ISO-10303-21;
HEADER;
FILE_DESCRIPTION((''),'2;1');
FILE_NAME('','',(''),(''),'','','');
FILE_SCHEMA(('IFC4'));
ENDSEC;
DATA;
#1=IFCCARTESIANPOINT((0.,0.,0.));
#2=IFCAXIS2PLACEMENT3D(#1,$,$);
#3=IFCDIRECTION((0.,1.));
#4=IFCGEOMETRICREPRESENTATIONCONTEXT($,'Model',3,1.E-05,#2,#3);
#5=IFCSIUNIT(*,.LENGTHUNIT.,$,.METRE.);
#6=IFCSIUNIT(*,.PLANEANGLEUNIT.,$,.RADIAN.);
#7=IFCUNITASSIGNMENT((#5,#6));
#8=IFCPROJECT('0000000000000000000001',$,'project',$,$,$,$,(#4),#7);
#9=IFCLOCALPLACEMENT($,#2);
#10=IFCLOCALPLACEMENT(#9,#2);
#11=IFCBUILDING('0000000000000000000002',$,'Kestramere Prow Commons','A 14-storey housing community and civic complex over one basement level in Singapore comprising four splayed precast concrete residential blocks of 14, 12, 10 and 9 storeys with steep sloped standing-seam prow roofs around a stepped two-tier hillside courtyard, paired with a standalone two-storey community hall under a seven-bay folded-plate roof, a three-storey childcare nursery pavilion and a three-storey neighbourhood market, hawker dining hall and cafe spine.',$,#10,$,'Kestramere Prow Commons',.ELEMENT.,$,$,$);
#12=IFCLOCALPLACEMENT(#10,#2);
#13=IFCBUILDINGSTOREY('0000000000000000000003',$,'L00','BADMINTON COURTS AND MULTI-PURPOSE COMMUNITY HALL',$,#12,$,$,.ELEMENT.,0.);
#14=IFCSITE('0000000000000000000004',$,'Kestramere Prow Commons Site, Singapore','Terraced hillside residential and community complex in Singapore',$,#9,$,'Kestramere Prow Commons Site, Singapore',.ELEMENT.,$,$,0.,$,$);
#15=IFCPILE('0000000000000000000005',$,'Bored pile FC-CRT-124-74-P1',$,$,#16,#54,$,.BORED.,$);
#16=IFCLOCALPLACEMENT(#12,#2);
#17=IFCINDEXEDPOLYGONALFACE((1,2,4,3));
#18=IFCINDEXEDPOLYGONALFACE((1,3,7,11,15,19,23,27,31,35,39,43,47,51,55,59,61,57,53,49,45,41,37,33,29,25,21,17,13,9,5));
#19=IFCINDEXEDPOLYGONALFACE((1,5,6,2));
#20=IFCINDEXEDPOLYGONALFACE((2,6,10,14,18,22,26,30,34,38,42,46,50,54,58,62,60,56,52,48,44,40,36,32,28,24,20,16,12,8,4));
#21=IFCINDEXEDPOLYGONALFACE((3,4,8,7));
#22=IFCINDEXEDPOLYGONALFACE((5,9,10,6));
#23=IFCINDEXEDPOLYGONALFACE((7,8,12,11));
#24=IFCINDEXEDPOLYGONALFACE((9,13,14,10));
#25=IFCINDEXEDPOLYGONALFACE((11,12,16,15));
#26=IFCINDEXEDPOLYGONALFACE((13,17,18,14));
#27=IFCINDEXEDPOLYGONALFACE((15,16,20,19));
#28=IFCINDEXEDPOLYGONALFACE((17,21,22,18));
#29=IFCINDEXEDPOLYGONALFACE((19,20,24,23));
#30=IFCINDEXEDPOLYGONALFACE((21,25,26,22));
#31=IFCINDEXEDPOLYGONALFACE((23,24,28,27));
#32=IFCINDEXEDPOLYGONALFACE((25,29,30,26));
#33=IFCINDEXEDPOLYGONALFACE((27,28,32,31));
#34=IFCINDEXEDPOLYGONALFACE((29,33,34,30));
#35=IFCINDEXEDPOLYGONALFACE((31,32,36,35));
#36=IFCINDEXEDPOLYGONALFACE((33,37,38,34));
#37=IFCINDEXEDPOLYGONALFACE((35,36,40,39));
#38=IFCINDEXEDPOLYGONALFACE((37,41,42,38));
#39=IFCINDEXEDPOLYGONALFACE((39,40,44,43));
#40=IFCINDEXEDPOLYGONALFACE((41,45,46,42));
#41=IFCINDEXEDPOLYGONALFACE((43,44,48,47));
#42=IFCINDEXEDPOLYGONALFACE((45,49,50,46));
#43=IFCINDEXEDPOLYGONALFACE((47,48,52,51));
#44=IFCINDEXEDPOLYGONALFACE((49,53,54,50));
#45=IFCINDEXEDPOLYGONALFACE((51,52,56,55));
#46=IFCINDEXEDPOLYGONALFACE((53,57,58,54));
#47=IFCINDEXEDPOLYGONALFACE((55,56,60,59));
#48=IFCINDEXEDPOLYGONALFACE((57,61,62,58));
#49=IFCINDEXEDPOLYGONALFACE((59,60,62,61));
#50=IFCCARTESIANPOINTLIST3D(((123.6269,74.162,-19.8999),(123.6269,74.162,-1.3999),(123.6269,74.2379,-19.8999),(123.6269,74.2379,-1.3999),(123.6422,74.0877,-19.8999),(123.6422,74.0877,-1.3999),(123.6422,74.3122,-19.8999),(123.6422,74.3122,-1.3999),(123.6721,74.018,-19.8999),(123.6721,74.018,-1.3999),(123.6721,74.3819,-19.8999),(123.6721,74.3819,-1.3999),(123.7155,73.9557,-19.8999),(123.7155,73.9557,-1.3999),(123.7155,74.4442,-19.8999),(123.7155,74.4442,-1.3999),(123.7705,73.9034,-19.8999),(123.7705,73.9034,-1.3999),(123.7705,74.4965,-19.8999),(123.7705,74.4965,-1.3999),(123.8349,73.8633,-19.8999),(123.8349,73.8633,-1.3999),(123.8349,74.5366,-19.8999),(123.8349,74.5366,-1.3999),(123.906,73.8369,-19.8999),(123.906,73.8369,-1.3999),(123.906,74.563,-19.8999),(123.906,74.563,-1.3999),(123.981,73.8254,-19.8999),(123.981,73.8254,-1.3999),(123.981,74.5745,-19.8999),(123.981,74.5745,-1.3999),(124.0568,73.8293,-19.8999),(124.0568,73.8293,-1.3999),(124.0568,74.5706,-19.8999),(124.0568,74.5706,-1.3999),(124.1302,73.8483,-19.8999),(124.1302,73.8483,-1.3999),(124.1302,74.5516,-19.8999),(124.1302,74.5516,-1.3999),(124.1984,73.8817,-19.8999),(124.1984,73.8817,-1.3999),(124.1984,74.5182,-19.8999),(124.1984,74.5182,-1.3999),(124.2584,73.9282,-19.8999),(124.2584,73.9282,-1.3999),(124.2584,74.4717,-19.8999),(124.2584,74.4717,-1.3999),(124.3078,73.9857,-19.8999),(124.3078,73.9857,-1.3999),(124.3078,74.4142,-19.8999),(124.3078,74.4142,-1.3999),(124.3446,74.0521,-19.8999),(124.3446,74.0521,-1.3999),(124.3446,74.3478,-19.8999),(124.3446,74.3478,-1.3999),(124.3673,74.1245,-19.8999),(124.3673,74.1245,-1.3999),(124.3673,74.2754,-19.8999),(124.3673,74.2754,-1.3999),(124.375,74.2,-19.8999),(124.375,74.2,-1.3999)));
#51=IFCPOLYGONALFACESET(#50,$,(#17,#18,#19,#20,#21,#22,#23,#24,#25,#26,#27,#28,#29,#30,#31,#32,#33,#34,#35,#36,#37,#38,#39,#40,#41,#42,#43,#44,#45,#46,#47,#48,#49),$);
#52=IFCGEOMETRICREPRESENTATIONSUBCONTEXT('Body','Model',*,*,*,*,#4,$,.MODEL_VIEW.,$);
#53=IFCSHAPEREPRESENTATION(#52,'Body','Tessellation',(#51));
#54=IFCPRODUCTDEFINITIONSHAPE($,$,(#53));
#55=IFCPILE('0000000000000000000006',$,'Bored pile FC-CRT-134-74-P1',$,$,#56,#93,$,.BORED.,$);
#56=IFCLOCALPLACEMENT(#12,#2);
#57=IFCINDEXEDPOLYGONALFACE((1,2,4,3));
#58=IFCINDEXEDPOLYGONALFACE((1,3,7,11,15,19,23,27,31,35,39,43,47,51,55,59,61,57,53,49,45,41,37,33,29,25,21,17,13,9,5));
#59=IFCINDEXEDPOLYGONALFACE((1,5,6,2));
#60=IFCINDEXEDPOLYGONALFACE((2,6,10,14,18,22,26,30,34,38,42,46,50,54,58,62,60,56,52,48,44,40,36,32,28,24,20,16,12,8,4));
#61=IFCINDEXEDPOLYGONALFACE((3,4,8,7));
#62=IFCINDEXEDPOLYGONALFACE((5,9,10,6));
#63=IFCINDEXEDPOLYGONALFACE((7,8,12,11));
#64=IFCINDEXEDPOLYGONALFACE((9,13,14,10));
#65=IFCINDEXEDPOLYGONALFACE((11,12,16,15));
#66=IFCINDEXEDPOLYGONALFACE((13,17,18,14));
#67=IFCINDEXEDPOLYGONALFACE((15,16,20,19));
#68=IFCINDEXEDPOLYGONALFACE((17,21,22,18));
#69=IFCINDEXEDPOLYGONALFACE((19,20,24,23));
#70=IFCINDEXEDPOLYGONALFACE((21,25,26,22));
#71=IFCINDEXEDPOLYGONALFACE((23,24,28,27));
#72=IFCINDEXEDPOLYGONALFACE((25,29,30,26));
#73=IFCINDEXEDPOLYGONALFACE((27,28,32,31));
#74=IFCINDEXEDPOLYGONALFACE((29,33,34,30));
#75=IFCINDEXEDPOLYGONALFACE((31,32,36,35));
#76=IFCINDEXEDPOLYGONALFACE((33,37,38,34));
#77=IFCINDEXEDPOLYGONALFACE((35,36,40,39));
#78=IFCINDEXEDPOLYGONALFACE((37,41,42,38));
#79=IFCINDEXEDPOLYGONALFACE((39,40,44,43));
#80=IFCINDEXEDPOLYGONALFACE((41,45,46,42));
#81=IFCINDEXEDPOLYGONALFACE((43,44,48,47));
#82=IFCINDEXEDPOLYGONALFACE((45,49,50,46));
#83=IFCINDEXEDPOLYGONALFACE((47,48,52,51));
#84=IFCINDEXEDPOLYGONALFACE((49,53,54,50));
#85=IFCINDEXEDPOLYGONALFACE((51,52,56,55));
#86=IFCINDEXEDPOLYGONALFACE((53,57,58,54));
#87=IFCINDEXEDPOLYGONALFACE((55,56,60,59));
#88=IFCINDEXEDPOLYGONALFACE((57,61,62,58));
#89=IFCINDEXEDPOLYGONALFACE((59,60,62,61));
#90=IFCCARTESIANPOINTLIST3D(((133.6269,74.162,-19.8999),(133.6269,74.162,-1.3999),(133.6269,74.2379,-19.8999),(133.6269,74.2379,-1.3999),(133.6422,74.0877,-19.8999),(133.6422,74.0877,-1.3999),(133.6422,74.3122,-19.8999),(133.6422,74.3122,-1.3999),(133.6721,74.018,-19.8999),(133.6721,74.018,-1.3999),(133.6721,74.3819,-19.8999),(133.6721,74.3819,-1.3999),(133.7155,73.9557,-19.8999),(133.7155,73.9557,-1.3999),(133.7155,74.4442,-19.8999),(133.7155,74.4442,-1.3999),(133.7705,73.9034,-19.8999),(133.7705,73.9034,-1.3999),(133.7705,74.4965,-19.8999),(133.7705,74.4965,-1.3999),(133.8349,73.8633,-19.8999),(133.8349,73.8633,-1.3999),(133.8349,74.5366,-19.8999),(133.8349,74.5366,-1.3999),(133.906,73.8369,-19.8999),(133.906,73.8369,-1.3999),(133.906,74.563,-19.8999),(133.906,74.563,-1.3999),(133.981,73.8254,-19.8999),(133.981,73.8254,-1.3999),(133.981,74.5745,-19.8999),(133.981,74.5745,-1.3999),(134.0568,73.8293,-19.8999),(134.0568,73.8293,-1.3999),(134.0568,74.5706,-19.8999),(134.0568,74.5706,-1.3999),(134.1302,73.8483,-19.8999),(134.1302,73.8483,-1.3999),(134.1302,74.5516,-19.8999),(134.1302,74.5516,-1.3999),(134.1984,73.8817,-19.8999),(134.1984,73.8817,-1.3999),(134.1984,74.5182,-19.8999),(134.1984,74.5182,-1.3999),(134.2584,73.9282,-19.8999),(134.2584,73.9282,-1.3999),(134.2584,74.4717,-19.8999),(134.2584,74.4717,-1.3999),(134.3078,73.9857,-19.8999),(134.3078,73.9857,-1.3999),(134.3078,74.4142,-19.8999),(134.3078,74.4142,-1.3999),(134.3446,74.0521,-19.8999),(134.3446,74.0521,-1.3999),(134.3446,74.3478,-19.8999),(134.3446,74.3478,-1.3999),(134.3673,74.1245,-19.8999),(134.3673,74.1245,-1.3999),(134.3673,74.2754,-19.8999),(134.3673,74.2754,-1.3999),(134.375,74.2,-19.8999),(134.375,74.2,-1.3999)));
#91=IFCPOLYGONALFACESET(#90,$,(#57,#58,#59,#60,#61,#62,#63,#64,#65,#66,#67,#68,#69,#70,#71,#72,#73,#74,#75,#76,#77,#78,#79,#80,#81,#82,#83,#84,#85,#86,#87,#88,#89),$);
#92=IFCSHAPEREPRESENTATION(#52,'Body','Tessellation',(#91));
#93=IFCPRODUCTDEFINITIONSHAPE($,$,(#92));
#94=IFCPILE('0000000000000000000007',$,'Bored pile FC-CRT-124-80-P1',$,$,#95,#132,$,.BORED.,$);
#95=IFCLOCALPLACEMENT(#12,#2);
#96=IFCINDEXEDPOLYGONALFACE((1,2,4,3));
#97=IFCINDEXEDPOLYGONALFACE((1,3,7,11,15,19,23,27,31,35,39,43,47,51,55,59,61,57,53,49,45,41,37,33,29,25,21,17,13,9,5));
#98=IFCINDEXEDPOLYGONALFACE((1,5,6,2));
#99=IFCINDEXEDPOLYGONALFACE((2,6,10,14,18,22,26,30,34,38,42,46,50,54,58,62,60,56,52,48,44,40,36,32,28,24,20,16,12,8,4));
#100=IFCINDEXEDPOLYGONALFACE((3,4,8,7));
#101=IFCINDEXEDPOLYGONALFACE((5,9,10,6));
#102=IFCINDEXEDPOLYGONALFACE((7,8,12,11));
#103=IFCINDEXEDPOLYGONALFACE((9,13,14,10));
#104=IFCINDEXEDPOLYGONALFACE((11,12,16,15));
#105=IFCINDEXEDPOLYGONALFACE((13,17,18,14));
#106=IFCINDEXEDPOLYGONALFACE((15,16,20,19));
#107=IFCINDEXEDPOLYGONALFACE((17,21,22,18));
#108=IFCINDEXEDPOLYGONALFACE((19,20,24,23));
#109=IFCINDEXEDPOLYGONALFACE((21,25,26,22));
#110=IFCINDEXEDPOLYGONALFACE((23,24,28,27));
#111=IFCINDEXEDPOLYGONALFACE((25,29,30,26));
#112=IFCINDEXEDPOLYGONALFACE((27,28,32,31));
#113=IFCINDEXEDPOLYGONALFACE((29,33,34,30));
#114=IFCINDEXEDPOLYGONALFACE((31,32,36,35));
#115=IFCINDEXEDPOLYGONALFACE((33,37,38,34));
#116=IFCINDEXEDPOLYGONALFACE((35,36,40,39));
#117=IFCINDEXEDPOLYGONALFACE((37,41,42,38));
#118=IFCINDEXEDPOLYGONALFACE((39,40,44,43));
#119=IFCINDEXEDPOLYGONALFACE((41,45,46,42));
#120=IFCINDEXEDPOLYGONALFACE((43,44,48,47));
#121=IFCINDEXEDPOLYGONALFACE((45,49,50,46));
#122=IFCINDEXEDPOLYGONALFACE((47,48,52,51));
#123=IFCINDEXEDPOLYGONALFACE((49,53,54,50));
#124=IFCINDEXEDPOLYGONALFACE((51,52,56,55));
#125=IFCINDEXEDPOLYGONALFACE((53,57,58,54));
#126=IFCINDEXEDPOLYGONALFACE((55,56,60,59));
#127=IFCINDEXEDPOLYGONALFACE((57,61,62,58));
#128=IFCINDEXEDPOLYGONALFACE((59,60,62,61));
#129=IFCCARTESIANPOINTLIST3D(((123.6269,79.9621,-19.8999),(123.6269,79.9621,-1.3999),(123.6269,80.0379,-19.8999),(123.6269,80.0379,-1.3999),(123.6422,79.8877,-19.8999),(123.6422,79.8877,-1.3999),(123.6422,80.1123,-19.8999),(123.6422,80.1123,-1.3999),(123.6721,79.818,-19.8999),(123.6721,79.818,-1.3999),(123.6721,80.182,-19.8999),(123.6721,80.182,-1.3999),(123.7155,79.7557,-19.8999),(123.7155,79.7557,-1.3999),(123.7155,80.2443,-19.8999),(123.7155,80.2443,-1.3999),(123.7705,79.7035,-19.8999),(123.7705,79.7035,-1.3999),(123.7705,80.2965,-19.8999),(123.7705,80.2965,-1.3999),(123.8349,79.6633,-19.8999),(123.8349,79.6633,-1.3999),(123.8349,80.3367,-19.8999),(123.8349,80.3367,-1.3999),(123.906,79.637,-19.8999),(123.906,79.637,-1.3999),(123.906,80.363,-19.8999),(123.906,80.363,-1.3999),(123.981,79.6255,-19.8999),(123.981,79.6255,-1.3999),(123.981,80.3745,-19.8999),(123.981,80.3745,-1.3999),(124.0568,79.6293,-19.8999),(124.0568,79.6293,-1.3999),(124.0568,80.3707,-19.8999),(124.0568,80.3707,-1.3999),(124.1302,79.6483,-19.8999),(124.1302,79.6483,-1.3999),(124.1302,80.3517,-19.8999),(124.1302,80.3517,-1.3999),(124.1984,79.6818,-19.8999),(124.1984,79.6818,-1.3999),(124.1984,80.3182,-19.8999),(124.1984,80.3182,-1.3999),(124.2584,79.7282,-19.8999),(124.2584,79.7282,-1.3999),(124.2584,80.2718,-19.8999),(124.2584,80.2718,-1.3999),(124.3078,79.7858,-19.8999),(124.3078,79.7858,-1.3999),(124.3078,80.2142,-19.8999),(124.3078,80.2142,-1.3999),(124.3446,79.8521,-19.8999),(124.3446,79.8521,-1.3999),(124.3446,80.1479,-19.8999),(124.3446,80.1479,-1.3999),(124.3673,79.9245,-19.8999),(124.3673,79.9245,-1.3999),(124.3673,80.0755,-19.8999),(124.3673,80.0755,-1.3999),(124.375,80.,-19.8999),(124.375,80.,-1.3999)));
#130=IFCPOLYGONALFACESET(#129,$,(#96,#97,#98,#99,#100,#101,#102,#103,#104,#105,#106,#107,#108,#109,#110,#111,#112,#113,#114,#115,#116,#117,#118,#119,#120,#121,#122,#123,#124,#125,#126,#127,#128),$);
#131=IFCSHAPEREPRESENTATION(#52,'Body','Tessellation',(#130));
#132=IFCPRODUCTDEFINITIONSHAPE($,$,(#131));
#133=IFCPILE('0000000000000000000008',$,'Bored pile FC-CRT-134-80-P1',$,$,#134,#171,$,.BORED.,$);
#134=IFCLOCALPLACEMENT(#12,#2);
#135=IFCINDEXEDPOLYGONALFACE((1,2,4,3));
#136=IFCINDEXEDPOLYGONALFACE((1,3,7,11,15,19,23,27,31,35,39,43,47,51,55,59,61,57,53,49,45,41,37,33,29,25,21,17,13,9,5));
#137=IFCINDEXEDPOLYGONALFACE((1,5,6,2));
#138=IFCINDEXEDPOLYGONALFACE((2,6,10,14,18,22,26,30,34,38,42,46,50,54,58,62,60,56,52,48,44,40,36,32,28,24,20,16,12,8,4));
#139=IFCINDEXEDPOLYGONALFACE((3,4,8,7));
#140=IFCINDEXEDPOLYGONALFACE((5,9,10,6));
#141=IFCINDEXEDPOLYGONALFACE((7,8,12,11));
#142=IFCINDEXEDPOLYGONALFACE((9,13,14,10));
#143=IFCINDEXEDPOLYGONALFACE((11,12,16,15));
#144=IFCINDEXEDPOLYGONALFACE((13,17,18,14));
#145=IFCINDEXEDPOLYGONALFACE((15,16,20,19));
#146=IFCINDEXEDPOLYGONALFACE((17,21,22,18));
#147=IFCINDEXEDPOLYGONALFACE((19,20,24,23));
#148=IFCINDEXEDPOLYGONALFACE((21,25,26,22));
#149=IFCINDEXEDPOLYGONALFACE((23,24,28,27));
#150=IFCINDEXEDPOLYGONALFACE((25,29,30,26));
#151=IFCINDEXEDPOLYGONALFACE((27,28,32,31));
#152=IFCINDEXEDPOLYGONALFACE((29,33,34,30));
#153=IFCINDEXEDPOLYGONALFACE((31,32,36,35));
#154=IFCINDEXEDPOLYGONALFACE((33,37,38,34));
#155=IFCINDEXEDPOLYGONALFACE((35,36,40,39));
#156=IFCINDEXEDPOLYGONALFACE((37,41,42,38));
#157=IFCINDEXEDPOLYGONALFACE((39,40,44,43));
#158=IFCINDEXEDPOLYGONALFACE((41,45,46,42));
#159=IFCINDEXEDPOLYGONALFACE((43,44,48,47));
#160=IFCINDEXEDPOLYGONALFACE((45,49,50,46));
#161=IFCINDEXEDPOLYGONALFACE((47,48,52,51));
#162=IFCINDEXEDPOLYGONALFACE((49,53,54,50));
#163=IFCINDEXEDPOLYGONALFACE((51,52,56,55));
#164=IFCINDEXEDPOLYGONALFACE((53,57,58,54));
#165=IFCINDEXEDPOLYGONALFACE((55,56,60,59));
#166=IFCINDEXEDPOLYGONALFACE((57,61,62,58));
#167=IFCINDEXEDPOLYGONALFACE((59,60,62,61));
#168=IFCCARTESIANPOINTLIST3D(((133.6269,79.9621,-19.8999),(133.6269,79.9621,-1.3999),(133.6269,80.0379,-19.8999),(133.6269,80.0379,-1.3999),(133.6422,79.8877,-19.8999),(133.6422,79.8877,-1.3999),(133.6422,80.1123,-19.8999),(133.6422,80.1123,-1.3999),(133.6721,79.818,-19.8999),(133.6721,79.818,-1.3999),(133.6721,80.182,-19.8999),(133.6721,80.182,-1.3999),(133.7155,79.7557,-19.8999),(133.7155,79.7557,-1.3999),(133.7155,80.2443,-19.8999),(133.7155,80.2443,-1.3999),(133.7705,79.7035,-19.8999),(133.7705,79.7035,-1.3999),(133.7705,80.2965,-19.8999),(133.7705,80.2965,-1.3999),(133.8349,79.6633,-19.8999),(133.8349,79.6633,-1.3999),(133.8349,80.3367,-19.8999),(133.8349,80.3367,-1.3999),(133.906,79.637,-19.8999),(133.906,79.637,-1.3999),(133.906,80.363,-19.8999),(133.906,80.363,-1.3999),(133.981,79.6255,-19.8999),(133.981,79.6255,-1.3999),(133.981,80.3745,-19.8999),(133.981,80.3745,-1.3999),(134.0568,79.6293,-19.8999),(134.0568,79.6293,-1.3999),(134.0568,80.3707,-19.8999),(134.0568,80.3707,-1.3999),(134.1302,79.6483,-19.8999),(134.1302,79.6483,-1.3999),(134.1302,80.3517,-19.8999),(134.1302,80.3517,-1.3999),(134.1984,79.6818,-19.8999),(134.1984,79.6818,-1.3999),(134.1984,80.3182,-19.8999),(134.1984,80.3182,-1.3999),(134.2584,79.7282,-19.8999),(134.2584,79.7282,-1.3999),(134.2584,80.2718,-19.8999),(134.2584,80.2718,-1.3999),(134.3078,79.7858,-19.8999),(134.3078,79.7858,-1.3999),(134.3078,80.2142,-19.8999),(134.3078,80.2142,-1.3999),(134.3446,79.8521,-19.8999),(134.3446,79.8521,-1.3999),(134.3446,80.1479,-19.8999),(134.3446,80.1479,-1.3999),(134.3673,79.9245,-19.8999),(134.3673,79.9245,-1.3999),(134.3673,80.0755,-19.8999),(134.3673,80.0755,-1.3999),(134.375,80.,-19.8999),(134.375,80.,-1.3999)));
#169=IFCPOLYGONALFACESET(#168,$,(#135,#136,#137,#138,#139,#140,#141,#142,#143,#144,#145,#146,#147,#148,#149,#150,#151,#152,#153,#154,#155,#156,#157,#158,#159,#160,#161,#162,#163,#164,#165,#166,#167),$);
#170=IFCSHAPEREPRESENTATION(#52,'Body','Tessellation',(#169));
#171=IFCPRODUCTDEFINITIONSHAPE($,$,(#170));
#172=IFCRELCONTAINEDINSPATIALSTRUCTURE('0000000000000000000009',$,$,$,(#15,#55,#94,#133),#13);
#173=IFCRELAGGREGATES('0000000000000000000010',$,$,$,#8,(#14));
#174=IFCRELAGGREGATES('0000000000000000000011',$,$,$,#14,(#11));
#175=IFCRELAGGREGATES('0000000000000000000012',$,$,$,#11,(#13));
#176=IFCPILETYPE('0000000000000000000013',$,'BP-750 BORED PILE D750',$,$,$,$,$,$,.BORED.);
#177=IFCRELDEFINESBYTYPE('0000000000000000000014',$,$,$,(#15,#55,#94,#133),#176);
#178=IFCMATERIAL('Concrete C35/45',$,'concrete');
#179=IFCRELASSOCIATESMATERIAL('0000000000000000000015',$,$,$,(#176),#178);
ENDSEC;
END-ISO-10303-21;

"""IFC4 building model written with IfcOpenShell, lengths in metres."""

from ifc_helpers import new_model, si_unit, direction, frame, origin, origin_2d, place, context, subcontext, project, spatial, circle, extrude, material, material_profile, profile_set, type_object, element, save


model = new_model("IFC4")

# Units and contexts
model_context = context("Model", 3, precision=1e-05, world=origin(), true_north=direction((0.0, 1.0)))
body_context = subcontext(model_context, "Body", "Model", "MODEL_VIEW")
ifc_project = project(units=[si_unit("LENGTHUNIT", "METRE"), si_unit("PLANEANGLEUNIT", "RADIAN")], contexts=[model_context])

# Site, building, storey
site_placement = place(None, origin())
site = spatial("IfcSite", under=ifc_project, at=site_placement, Name="Kestramere Prow Commons Site, Singapore", Description="Terraced hillside residential and community complex in Singapore", LongName="Kestramere Prow Commons Site, Singapore", CompositionType="ELEMENT", RefElevation=0.0)
building_placement = place(site_placement, origin())
building = spatial("IfcBuilding", under=site, at=building_placement, Name="Kestramere Prow Commons", Description="A 14-storey housing community and civic complex over one basement level in Singapore comprising four splayed precast concrete residential blocks of 14, 12, 10 and 9 storeys with steep sloped standing-seam prow roofs around a stepped two-tier hillside courtyard, paired with a standalone two-storey community hall under a seven-bay folded-plate roof, a three-storey childcare nursery pavilion and a three-storey neighbourhood market, hawker dining hall and cafe spine.", LongName="Kestramere Prow Commons", CompositionType="ELEMENT")
storey_placement = place(building_placement, origin())
storey = spatial("IfcBuildingStorey", under=building, at=storey_placement, Name="L00", Description="BADMINTON COURTS AND MULTI-PURPOSE COMMUNITY HALL", CompositionType="ELEMENT", Elevation=0.0)

# Piles
ifc_material_1 = material(Name="Concrete C35/45", Category="concrete")
ifc_material_profile_1 = material_profile(ifc_material_1, circle(Radius=0.375, at=origin_2d()), Name="BORED PILE D750")
ifc_profile_set_1 = profile_set([ifc_material_profile_1], Name="Concrete C35/45")
pile_type_1 = type_object("IfcPileType", Name="BP-750 BORED PILE D750", PredefinedType="BORED", material=ifc_profile_set_1)
for number, where, z_axis, x_axis, name in (
    (1, (124.0, 74.2, -1.3999), (0.0, 0.0, -1.0), (1.0, 0.0, 0.0), "Bored pile FC-CRT-124-74-P1"),
    (2, (134.0, 74.2, -1.3999), (0.0, 0.0, -1.0), (1.0, 0.0, 0.0), "Bored pile FC-CRT-134-74-P1"),
    (3, (124.0, 80.0, -1.3999), (0.0, 0.0, -1.0), (1.0, 0.0, 0.0), "Bored pile FC-CRT-124-80-P1"),
    (4, (134.0, 80.0, -1.3999), (0.0, 0.0, -1.0), (1.0, 0.0, 0.0), "Bored pile FC-CRT-134-80-P1"),
):
    element("IfcPile", number, at=place(storey_placement, frame(where, z_axis=z_axis, x_axis=x_axis)), inside=storey, type_object=pile_type_1, Name=name, PredefinedType="BORED", context=body_context, shape_type="SweptSolid", body=[
        extrude(circle(Radius=0.375, at=origin_2d()), origin(), (0.0, 0.0, 1.0), 18.5),
    ])

save(model, "model.ifc")
